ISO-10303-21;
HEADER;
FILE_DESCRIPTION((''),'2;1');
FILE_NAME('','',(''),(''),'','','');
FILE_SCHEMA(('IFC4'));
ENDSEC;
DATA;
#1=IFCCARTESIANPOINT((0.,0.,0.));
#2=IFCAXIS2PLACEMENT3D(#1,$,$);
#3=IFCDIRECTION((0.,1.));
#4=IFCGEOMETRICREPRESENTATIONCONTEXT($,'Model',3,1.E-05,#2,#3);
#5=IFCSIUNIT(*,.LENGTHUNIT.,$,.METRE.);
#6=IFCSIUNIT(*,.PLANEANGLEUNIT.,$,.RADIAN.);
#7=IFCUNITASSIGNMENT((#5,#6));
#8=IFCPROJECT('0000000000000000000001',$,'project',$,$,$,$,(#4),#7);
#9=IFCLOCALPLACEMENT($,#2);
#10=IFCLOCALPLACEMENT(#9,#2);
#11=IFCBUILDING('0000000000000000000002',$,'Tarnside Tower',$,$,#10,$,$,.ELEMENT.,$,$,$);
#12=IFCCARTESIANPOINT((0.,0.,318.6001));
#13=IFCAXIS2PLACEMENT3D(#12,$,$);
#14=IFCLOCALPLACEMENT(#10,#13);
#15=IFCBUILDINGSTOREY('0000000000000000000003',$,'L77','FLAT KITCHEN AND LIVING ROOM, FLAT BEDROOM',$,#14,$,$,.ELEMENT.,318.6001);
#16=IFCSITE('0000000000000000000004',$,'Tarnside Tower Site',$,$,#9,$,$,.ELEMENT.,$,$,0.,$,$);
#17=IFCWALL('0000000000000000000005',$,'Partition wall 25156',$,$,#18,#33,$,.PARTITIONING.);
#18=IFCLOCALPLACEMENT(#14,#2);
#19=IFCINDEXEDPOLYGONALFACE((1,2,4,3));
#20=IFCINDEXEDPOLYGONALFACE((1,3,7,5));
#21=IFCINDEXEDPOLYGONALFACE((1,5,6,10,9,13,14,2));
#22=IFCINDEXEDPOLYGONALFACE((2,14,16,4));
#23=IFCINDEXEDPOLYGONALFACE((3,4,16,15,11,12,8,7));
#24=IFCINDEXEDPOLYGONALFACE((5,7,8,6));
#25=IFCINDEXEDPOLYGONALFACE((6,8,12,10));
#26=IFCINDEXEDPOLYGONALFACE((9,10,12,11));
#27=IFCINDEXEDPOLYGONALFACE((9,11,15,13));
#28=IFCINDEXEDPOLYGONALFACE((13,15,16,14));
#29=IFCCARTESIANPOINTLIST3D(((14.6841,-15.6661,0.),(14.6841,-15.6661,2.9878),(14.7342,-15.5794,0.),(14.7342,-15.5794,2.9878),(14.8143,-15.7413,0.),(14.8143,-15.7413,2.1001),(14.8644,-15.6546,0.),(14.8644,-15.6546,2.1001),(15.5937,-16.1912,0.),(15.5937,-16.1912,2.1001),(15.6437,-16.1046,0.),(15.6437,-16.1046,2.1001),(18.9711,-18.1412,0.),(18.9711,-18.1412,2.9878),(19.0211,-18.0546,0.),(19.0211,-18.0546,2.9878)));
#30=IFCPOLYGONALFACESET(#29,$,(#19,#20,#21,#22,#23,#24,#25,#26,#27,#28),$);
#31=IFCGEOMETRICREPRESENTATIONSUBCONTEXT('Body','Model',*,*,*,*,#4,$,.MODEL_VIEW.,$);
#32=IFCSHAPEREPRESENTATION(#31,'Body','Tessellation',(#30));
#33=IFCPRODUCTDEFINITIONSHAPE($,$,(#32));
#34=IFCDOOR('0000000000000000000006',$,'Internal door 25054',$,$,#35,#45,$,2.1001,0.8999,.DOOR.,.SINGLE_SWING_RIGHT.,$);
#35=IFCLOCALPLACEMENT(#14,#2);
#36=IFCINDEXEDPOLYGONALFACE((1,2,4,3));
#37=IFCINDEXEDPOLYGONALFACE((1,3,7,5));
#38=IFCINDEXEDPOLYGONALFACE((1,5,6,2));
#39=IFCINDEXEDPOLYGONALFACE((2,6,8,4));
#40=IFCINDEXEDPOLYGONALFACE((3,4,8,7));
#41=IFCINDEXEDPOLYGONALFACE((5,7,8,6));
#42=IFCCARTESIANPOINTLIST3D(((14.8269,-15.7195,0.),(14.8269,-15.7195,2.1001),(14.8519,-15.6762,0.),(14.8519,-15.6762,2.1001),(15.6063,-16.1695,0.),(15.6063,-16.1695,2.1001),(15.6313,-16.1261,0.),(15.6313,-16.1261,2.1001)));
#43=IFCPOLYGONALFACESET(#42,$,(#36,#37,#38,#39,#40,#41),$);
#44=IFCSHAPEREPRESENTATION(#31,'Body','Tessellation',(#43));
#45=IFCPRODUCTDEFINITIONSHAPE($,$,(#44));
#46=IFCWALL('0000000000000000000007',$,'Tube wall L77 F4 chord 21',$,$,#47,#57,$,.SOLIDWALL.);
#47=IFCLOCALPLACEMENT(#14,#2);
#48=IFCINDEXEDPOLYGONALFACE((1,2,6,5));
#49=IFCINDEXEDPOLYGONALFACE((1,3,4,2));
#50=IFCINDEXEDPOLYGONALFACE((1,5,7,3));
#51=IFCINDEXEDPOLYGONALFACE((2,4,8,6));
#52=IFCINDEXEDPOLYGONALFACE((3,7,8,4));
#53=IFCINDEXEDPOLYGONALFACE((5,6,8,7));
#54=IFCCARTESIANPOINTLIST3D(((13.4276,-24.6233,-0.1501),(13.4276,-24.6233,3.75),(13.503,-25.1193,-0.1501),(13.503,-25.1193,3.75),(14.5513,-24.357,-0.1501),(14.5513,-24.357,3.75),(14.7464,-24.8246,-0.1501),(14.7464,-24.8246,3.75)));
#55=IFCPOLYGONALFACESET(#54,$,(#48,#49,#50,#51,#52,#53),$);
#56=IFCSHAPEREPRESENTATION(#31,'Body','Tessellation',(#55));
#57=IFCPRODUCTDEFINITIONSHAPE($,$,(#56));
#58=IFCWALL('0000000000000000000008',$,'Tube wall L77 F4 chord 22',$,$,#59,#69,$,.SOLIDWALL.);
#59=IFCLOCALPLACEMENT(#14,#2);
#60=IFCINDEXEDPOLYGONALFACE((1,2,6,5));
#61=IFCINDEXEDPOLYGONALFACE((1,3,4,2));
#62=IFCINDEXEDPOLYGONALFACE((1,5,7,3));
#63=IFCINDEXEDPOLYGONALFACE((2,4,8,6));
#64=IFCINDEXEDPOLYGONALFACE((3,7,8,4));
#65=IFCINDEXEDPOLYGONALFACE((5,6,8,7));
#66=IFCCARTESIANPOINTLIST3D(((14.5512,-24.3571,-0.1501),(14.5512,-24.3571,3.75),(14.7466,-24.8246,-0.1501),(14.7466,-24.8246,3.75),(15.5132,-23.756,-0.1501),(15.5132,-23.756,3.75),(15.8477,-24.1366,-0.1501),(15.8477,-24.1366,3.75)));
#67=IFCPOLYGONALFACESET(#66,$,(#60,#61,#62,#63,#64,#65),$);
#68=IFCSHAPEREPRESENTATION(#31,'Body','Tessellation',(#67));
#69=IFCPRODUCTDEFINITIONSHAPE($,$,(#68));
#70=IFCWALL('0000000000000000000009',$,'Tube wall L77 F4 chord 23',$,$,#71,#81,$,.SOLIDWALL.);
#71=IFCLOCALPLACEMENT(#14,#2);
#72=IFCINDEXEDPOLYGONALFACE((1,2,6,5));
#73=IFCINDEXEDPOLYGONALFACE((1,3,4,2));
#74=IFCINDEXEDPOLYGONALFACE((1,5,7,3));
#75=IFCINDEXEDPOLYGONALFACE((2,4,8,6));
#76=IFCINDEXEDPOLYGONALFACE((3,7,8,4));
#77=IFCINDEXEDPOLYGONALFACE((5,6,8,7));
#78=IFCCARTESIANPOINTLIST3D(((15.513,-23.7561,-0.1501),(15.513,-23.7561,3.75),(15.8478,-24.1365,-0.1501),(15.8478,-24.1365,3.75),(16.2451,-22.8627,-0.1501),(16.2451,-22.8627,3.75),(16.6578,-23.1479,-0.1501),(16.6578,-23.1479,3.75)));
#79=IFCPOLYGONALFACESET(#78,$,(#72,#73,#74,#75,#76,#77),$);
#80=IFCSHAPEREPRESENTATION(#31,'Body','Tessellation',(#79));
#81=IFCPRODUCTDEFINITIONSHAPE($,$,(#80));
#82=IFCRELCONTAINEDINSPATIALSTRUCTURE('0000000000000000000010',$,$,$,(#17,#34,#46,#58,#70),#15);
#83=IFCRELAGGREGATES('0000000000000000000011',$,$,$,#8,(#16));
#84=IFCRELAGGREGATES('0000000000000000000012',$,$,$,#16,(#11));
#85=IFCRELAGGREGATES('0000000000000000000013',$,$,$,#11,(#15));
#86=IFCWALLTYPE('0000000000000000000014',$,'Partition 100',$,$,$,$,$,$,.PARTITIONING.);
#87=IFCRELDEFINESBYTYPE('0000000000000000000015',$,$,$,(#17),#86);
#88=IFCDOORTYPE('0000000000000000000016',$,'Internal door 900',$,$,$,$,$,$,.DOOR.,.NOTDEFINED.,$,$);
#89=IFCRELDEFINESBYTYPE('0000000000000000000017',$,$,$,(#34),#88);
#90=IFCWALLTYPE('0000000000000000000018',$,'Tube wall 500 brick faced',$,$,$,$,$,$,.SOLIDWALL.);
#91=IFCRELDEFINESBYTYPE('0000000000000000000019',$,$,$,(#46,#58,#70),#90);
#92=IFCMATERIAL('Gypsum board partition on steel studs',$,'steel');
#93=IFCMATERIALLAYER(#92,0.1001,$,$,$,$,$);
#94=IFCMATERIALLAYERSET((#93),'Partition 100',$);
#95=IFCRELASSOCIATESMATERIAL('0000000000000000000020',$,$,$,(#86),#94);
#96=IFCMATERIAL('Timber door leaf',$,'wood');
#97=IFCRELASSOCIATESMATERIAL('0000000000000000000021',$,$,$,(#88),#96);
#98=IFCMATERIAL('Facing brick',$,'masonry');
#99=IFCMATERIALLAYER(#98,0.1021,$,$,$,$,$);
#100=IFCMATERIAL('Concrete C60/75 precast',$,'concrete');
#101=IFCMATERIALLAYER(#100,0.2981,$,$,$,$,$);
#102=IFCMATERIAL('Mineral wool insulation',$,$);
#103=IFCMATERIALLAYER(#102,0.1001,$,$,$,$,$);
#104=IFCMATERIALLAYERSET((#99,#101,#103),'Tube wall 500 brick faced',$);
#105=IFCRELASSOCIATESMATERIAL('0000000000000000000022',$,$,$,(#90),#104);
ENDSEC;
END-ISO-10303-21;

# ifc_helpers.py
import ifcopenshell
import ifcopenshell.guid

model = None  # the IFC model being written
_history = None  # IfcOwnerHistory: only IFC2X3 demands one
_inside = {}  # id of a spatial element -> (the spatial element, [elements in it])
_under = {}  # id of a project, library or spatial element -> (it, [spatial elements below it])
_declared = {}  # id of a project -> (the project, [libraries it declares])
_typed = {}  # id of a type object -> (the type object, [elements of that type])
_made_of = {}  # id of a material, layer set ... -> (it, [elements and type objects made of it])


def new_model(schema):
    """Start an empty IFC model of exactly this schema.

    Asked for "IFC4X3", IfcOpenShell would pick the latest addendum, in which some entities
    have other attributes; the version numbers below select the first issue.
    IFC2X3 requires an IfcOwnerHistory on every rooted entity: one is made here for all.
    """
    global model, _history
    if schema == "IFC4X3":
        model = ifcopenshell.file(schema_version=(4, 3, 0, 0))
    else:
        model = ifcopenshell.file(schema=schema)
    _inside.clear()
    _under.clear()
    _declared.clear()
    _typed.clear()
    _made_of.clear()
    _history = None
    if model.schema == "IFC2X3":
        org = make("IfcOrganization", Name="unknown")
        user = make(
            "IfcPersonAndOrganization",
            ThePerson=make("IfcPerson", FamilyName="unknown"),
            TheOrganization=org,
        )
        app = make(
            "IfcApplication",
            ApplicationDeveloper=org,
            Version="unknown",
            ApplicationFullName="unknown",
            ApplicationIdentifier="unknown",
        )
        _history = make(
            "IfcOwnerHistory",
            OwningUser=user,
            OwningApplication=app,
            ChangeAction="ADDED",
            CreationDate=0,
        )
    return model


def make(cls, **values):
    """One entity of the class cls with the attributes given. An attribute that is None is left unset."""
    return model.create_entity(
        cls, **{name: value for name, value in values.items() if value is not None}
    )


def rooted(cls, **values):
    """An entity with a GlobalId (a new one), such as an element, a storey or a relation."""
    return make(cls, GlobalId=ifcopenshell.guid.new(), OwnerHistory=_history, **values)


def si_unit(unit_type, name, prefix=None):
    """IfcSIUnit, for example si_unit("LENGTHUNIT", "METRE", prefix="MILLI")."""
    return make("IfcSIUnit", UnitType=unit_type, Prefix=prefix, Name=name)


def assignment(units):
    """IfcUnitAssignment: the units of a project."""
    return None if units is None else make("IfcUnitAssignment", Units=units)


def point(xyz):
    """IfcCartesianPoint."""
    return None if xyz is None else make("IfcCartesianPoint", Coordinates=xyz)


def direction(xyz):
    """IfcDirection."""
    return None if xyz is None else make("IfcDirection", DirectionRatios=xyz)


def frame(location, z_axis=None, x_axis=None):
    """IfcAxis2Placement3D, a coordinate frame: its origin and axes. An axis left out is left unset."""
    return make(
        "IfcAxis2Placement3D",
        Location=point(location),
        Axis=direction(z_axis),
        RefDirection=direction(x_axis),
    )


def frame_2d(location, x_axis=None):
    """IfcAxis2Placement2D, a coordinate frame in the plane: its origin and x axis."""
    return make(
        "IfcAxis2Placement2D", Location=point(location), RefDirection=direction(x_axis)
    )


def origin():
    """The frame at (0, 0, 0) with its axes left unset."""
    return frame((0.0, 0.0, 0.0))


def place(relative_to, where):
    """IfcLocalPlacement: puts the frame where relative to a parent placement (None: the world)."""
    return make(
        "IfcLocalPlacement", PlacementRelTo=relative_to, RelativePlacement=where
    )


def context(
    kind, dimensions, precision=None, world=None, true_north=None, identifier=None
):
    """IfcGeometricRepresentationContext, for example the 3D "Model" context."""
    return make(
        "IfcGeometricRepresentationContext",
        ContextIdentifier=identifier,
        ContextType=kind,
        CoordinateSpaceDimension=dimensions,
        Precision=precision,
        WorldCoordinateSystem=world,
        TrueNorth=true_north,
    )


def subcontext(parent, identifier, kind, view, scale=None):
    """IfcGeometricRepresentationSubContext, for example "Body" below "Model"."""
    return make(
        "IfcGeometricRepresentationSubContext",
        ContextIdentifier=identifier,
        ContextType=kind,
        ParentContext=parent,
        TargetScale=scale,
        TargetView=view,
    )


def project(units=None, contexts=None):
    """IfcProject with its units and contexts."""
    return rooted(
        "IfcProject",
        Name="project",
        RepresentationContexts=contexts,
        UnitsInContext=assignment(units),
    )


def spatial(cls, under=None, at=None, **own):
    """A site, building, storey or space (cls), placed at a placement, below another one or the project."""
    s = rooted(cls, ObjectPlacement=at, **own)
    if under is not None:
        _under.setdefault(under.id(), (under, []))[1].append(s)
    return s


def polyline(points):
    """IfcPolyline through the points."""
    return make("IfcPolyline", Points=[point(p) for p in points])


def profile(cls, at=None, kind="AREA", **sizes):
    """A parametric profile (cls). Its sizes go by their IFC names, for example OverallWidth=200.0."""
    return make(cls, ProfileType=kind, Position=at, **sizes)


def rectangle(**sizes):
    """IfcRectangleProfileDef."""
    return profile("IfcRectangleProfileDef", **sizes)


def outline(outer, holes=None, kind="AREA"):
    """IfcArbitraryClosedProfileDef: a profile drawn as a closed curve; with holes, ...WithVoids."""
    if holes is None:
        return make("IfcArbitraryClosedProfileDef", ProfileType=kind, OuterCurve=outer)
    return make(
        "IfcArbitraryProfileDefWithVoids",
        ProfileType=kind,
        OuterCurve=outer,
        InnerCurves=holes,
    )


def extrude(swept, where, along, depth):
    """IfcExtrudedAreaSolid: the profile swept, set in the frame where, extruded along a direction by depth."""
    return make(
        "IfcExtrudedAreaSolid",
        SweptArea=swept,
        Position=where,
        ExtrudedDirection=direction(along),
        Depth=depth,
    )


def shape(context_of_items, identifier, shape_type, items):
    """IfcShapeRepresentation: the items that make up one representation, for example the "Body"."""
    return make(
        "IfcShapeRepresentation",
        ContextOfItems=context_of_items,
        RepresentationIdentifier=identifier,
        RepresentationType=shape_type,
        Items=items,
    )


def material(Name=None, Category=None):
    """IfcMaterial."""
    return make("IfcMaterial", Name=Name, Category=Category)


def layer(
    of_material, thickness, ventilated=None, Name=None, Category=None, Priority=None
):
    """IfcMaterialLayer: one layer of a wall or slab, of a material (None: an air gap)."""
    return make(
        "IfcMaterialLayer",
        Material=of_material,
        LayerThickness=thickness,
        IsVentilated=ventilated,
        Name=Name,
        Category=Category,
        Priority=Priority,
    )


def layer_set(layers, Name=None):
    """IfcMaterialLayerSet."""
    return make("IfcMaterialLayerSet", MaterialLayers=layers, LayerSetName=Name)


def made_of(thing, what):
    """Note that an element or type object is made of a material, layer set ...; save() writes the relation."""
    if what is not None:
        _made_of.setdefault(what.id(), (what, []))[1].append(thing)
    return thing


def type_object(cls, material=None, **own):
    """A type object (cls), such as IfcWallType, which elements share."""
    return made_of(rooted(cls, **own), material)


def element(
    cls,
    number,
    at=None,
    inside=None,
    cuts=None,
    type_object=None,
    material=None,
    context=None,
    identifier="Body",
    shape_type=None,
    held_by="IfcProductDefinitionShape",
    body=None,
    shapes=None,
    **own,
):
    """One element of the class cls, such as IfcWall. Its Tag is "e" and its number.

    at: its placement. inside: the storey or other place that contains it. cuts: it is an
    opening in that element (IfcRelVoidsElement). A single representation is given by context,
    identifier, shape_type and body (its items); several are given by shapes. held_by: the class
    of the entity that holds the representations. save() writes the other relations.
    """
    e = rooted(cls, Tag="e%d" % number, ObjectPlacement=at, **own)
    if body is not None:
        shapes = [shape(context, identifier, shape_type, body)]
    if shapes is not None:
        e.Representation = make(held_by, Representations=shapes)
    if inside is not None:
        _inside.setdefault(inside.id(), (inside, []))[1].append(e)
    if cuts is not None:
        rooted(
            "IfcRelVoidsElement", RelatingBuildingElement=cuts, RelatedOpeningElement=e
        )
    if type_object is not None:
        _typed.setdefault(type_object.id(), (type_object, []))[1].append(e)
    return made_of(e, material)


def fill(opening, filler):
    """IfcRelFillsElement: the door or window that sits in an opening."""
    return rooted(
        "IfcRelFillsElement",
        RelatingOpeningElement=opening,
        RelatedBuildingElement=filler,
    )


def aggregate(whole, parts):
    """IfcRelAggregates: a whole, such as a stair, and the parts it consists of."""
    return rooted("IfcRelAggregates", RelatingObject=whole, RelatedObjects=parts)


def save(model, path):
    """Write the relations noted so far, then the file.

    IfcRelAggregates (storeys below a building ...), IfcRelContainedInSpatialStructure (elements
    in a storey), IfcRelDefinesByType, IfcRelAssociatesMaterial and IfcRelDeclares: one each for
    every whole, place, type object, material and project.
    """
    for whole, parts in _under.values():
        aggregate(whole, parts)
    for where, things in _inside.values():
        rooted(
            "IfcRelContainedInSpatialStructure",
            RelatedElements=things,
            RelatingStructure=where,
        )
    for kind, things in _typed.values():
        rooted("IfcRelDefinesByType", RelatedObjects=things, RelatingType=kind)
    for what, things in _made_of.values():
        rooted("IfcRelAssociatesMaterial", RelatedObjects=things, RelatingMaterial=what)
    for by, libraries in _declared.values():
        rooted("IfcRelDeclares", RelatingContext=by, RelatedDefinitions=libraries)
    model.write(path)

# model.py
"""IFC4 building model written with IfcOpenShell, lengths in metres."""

from ifc_helpers import new_model, si_unit, direction, frame, frame_2d, origin, place, context, subcontext, project, spatial, polyline, rectangle, outline, extrude, material, layer, layer_set, type_object, element, fill, save


model = new_model("IFC4")

# Units and contexts
model_context = context("Model", 3, precision=1e-05, world=origin(), true_north=direction((0.0, 1.0)))
body_context = subcontext(model_context, "Body", "Model", "MODEL_VIEW")
ifc_project = project(units=[si_unit("LENGTHUNIT", "METRE"), si_unit("PLANEANGLEUNIT", "RADIAN")], contexts=[model_context])

# Site, building, storey
site_placement = place(None, origin())
site = spatial("IfcSite", under=ifc_project, at=site_placement, Name="Tarnside Tower Site", CompositionType="ELEMENT", RefElevation=0.0)
building_placement = place(site_placement, origin())
building = spatial("IfcBuilding", under=site, at=building_placement, Name="Tarnside Tower", CompositionType="ELEMENT")
storey_placement = place(building_placement, frame((0.0, 0.0, 318.6001)))
storey = spatial("IfcBuildingStorey", under=building, at=storey_placement, Name="L77", Description="FLAT KITCHEN AND LIVING ROOM, FLAT BEDROOM", CompositionType="ELEMENT", Elevation=318.6001)

# Shared definitions
ifc_material_1 = material(Name="Gypsum board partition on steel studs", Category="steel")
ifc_material_2 = material(Name="Timber door leaf", Category="wood")

# Shared definitions
ifc_material_3 = material(Name="Concrete C60/75 precast", Category="concrete")
ifc_material_4 = material(Name="Mineral wool insulation")

# Shared definitions
ifc_layer_1 = layer(ifc_material_1, 0.1001)
ifc_layer_set_1 = layer_set([ifc_layer_1], Name="Partition 100")
wall_type_1 = type_object("IfcWallType", Name="Partition 100", PredefinedType="PARTITIONING", material=ifc_layer_set_1)
door_type_1 = type_object("IfcDoorType", Name="Internal door 900", OperationType="NOTDEFINED", PredefinedType="DOOR", material=ifc_material_2)

# Wall, opening, door
wall_1_placement = place(storey_placement, frame((18.9961, -18.0979, 0.0), z_axis=(0.0, 0.0, 1.0), x_axis=(-0.866019, 0.500011, 0.0)))
wall_1 = element("IfcWall", 1, at=wall_1_placement, inside=storey, type_object=wall_type_1, Name="Partition wall 25156", PredefinedType="PARTITIONING", context=body_context, shape_type="SweptSolid", body=[
    extrude(rectangle(XDim=4.9502, YDim=0.1001, at=frame_2d((2.4751, 0.0))), origin(), (0.0, 0.0, 1.0), 2.9878),
])
opening_1_placement = place(wall_1_placement, frame((3.8999, 0.0, 0.0)))
opening_1 = element("IfcOpeningElement", 2, at=opening_1_placement, cuts=wall_1, PredefinedType="OPENING", context=body_context, shape_type="SweptSolid", body=[
    extrude(rectangle(XDim=0.8999, YDim=2.1001, at=frame_2d((0.45, 1.05))), frame((0.0, 0.0601, 0.0), z_axis=(0.0, -1.0, 0.0), x_axis=(1.0, 0.0, 0.0)), (0.0, 0.0, 1.0), 0.1201),
])
door_1_placement = place(opening_1_placement, origin())
door_1 = element("IfcDoor", 3, at=door_1_placement, inside=storey, type_object=door_type_1, Name="Internal door 25054", OperationType="SINGLE_SWING_RIGHT", OverallHeight=2.1001, OverallWidth=0.8999, PredefinedType="DOOR", context=body_context, shape_type="SweptSolid", body=[
    extrude(rectangle(XDim=0.8999, YDim=2.1001, at=frame_2d((0.45, 1.05))), frame((0.0, 0.0249, 0.0), z_axis=(0.0, -1.0, 0.0), x_axis=(1.0, 0.0, 0.0)), (0.0, 0.0, 1.0), 0.05),
])
fill(opening_1, door_1)

# Walls
ifc_material_5 = material(Name="Facing brick", Category="masonry")
ifc_layer_2 = layer(ifc_material_5, 0.1021)
ifc_layer_3 = layer(ifc_material_3, 0.2981)
ifc_layer_4 = layer(ifc_material_4, 0.1001)
ifc_layer_set_2 = layer_set([ifc_layer_2, ifc_layer_3, ifc_layer_4], Name="Tube wall 500 brick faced")
wall_type_2 = type_object("IfcWallType", Name="Tube wall 500 brick faced", PredefinedType="SOLIDWALL", material=ifc_layer_set_2)
wall_2_placement = place(storey_placement, frame((13.4653, -24.8713, -0.1501), z_axis=(0.0, 0.0, 1.0), x_axis=(0.973045, 0.230616, 0.0)))
element("IfcWall", 4, at=wall_2_placement, inside=storey, type_object=wall_type_2, Name="Tube wall L77 F4 chord 21", PredefinedType="SOLIDWALL", context=body_context, shape_type="SweptSolid", body=[
    extrude(outline(polyline([(-0.0205, -0.25), (1.2573, -0.25), (1.1753, 0.25), (0.0205, 0.25), (-0.0205, -0.25)])), origin(), (0.0, 0.0, 1.0), 3.9001),
])
wall_3_placement = place(storey_placement, frame((14.6489, -24.5908, -0.1501), z_axis=(0.0, 0.0, 1.0), x_axis=(0.848055, 0.529909, 0.0)))
element("IfcWall", 5, at=wall_3_placement, inside=storey, type_object=wall_type_2, Name="Tube wall L77 F4 chord 22", PredefinedType="SOLIDWALL", context=body_context, shape_type="SweptSolid", body=[
    extrude(outline(polyline([(-0.041, -0.25), (1.2573, -0.25), (1.1753, 0.25), (0.041, 0.25), (-0.041, -0.25)])), origin(), (0.0, 0.0, 1.0), 3.9001),
])
wall_4_placement = place(storey_placement, frame((15.6804, -23.9463, -0.1501), z_axis=(0.0, 0.0, 1.0), x_axis=(0.633806, 0.773492, 0.0)))
element("IfcWall", 6, at=wall_4_placement, inside=storey, type_object=wall_type_2, Name="Tube wall L77 F4 chord 23", PredefinedType="SOLIDWALL", context=body_context, shape_type="SweptSolid", body=[
    extrude(outline(polyline([(-0.041, -0.25), (1.2371, -0.25), (1.196, 0.25), (0.041, 0.25), (-0.041, -0.25)])), origin(), (0.0, 0.0, 1.0), 3.9001),
])

save(model, "model.ifc")
